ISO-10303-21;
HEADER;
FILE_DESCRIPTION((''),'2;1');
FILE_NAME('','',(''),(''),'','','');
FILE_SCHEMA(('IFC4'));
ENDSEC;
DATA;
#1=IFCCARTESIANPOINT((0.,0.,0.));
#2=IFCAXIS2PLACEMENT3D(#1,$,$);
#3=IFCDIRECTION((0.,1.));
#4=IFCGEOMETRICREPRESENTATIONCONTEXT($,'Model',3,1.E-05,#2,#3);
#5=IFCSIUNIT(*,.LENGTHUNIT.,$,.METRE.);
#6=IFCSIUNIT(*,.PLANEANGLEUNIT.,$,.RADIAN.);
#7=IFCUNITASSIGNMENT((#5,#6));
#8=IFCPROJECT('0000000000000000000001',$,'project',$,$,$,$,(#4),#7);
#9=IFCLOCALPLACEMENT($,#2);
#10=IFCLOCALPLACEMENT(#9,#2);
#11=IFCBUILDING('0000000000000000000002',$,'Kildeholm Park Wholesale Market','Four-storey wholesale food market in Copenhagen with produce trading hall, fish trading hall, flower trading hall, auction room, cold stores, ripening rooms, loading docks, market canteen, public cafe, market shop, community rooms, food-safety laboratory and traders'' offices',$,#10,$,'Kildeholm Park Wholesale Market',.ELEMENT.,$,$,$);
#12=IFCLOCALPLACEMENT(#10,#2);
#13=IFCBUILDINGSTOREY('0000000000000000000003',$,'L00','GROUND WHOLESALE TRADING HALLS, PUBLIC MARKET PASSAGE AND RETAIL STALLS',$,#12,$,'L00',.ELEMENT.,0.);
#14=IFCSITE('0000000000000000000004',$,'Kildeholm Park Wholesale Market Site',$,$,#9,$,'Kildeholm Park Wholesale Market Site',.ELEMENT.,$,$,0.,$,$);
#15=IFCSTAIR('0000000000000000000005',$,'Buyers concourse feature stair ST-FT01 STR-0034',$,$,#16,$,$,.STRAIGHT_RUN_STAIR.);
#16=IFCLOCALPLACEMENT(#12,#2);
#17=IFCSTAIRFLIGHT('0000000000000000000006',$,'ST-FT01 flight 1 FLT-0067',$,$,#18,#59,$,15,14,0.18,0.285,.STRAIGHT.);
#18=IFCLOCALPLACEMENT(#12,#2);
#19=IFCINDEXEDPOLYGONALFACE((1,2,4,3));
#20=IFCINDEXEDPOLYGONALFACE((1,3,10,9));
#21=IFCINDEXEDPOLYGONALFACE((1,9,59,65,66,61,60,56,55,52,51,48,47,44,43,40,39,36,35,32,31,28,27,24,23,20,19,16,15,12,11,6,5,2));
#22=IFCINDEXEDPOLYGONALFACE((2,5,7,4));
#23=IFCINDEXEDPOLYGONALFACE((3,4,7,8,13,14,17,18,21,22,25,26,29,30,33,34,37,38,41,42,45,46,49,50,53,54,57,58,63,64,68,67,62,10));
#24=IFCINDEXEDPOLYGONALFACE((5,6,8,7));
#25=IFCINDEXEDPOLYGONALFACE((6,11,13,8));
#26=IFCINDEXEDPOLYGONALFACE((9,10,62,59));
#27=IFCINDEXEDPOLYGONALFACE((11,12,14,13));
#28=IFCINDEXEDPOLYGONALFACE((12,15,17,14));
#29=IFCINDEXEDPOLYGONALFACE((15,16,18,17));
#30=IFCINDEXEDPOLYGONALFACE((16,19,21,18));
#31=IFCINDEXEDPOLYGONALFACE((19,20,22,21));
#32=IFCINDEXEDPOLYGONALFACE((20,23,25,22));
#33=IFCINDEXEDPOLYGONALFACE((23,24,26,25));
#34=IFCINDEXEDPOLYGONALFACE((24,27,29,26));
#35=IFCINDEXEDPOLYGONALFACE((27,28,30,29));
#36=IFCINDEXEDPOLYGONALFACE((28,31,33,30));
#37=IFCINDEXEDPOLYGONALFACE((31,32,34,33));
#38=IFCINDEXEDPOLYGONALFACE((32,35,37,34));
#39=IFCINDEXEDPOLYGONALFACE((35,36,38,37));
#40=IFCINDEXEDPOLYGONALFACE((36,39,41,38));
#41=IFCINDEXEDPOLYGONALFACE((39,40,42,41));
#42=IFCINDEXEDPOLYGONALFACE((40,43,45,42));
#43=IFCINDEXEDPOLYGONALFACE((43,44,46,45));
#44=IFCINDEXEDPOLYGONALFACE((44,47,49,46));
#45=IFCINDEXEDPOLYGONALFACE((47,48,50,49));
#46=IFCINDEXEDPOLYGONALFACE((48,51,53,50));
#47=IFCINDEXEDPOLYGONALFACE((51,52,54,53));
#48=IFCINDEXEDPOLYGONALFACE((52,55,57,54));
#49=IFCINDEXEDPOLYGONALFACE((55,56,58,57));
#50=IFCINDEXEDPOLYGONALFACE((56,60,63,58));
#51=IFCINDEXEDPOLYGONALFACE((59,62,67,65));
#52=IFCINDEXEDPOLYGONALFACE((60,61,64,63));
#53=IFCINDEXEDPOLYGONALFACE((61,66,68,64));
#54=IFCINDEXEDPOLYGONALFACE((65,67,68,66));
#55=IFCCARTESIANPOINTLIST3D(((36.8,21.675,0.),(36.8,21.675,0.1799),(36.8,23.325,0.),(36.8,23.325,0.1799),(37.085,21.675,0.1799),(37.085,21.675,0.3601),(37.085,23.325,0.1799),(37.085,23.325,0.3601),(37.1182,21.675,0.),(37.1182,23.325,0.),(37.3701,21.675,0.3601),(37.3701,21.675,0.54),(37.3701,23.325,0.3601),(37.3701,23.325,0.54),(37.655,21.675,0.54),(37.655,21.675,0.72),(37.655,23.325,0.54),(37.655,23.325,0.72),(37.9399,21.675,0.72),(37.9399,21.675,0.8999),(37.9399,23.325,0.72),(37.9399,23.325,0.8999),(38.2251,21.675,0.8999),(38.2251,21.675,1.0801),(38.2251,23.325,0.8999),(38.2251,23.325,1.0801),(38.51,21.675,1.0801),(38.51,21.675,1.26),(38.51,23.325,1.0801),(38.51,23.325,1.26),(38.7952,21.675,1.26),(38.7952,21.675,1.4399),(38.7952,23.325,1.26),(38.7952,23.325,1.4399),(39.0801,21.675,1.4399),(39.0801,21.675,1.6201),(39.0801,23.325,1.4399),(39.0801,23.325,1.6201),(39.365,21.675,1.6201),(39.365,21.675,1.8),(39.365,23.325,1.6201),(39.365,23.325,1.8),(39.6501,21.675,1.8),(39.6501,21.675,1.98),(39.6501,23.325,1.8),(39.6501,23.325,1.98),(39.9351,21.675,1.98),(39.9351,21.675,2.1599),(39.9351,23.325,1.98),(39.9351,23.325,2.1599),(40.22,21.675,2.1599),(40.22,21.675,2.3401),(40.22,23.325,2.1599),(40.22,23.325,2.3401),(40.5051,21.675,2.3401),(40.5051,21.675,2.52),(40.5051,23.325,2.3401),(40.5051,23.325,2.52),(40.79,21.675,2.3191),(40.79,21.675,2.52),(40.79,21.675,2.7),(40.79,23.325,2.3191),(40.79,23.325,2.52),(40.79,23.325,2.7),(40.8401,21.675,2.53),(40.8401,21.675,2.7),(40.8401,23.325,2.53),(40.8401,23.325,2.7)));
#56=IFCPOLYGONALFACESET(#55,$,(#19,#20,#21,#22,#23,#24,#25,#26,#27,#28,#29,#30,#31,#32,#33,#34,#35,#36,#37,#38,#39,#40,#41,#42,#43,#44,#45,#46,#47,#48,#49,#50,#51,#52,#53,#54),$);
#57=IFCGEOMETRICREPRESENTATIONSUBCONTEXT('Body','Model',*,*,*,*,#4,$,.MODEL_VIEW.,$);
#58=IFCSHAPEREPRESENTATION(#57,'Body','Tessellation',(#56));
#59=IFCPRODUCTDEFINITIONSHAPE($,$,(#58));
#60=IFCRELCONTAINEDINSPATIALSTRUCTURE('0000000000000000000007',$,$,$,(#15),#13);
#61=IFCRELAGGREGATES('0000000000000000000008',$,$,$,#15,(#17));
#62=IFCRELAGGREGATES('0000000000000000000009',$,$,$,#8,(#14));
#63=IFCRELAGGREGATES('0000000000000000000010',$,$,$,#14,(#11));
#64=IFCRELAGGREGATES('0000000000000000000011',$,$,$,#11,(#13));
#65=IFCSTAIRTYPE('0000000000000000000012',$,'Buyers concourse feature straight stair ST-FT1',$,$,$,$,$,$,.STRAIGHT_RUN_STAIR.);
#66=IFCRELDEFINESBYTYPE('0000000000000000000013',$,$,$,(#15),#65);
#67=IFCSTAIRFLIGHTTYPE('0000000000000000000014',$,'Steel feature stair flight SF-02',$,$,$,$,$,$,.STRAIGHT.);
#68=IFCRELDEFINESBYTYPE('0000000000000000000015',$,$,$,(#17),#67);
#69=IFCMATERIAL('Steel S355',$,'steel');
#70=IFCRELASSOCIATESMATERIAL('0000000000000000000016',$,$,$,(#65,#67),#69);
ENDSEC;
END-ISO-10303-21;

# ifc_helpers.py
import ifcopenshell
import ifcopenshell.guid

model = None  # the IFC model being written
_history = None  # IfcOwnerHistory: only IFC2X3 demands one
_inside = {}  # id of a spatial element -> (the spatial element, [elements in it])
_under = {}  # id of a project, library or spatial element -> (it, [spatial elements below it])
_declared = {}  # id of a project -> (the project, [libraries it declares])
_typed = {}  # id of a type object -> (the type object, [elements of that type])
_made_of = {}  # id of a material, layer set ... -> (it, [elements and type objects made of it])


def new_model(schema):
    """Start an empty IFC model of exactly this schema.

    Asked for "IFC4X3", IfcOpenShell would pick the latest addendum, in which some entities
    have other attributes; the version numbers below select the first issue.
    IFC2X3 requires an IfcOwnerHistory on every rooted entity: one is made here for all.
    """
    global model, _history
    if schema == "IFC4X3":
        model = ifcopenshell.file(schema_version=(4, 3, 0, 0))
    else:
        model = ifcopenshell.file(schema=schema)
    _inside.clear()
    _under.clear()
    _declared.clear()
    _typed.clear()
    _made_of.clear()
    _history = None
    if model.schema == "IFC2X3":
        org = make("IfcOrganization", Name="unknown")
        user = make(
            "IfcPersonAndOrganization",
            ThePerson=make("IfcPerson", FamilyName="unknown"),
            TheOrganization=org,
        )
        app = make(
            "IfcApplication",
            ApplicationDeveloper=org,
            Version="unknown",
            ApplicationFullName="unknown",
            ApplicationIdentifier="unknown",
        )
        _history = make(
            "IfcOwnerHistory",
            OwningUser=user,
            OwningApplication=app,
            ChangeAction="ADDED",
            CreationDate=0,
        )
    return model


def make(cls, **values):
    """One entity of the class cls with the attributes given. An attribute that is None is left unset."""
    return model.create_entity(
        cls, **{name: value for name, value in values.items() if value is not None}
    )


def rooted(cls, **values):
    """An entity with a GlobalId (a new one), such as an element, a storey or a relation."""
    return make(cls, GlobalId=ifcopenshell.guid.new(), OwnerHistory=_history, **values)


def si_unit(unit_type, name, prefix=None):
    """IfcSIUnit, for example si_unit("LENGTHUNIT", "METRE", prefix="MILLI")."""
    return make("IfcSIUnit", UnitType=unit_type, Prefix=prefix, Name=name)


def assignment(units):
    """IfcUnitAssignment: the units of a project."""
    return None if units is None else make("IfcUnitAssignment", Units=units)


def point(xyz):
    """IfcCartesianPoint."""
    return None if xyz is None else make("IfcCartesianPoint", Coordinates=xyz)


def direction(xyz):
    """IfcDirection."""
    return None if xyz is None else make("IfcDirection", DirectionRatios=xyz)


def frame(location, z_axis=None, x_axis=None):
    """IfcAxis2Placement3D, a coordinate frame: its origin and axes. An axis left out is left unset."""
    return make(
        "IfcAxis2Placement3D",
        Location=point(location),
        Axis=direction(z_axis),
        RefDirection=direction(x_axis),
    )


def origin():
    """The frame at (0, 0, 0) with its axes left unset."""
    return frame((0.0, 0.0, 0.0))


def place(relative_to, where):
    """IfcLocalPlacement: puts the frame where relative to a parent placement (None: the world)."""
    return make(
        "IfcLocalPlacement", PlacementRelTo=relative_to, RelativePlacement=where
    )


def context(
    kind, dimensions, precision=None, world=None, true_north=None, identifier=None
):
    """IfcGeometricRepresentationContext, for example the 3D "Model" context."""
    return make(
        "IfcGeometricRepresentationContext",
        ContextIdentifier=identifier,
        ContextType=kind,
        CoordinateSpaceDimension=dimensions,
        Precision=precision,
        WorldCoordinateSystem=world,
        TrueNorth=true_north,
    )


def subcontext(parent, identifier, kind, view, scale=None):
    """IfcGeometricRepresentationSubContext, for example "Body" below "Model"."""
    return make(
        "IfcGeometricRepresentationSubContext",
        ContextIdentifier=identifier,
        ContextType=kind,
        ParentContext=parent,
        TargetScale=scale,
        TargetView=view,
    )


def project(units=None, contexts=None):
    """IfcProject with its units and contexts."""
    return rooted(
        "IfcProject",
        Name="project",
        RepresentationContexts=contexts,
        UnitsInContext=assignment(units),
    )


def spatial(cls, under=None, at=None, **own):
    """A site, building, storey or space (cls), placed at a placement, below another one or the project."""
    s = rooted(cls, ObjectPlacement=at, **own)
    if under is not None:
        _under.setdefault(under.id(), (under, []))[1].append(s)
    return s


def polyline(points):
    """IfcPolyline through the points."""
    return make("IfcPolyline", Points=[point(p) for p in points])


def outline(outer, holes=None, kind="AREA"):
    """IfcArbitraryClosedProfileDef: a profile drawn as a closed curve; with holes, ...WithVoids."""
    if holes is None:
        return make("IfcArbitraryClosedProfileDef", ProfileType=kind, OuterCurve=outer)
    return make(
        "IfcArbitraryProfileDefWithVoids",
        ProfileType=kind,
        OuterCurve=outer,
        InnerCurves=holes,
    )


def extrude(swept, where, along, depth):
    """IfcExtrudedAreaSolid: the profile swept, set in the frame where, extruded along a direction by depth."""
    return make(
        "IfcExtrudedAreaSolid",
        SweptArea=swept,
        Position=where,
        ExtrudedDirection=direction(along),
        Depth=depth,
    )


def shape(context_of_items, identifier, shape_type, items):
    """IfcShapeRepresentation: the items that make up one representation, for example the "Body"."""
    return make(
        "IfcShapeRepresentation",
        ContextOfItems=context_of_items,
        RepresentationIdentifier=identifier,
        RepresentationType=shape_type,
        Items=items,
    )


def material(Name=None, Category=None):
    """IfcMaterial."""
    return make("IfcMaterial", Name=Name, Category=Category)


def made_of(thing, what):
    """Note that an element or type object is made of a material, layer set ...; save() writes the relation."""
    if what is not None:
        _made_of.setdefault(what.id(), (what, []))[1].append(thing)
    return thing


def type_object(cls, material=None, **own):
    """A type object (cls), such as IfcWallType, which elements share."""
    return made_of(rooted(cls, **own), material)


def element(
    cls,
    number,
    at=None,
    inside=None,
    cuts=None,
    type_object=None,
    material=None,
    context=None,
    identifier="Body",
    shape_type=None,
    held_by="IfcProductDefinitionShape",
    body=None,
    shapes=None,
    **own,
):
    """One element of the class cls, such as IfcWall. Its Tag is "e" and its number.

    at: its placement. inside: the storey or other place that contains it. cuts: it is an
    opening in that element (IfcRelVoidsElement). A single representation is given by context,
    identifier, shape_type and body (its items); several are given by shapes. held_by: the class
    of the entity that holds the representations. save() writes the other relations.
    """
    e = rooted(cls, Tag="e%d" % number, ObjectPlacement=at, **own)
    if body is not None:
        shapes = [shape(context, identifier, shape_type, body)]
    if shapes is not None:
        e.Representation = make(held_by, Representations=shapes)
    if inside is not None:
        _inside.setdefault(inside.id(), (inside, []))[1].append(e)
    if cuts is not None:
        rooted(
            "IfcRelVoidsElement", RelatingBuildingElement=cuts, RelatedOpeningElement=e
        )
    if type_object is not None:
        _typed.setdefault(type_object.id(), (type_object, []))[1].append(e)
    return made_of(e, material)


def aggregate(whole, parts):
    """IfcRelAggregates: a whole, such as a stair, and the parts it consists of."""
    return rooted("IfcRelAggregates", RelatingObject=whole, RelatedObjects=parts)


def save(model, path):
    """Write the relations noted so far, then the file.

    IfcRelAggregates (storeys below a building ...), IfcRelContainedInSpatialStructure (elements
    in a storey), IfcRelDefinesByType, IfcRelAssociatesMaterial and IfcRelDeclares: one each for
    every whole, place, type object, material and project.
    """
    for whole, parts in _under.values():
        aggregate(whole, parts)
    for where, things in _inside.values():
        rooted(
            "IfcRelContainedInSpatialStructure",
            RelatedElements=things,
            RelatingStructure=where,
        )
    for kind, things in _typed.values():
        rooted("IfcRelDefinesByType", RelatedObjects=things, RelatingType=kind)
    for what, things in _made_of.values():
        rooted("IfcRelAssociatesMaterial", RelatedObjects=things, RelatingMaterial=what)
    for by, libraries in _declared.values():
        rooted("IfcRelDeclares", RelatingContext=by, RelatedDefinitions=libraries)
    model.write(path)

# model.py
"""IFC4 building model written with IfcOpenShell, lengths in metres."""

from ifc_helpers import new_model, si_unit, direction, frame, origin, place, context, subcontext, project, spatial, polyline, outline, extrude, material, type_object, element, aggregate, save


model = new_model("IFC4")

# Units and contexts
model_context = context("Model", 3, precision=1e-05, world=origin(), true_north=direction((0.0, 1.0)))
body_context = subcontext(model_context, "Body", "Model", "MODEL_VIEW")
ifc_project = project(units=[si_unit("LENGTHUNIT", "METRE"), si_unit("PLANEANGLEUNIT", "RADIAN")], contexts=[model_context])

# Site, building, storey
site_placement = place(None, origin())
site = spatial("IfcSite", under=ifc_project, at=site_placement, Name="Kildeholm Park Wholesale Market Site", LongName="Kildeholm Park Wholesale Market Site", CompositionType="ELEMENT", RefElevation=0.0)
building_placement = place(site_placement, origin())
building = spatial("IfcBuilding", under=site, at=building_placement, Name="Kildeholm Park Wholesale Market", Description="Four-storey wholesale food market in Copenhagen with produce trading hall, fish trading hall, flower trading hall, auction room, cold stores, ripening rooms, loading docks, market canteen, public cafe, market shop, community rooms, food-safety laboratory and traders' offices", LongName="Kildeholm Park Wholesale Market", CompositionType="ELEMENT")
storey_placement = place(building_placement, origin())
storey = spatial("IfcBuildingStorey", under=building, at=storey_placement, Name="L00", Description="GROUND WHOLESALE TRADING HALLS, PUBLIC MARKET PASSAGE AND RETAIL STALLS", LongName="L00", CompositionType="ELEMENT", Elevation=0.0)

# Shared definitions
ifc_material_1 = material(Name="Steel S355", Category="steel")

# Stair, stair flight
stair_type = type_object("IfcStairType", Name="Buyers concourse feature straight stair ST-FT1", PredefinedType="STRAIGHT_RUN_STAIR", material=ifc_material_1)
stair_placement = place(storey_placement, origin())
stair = element("IfcStair", 1, at=stair_placement, inside=storey, type_object=stair_type, Name="Buyers concourse feature stair ST-FT01 STR-0034", PredefinedType="STRAIGHT_RUN_STAIR")
stair_flight_type = type_object("IfcStairFlightType", Name="Steel feature stair flight SF-02", PredefinedType="STRAIGHT", material=ifc_material_1)
stair_flight_placement = place(storey_placement, frame((36.8, 22.5, 0.0), z_axis=(0.0, 0.0, 1.0), x_axis=(1.0, 0.0, 0.0)))
stair_flight = element("IfcStairFlight", 2, at=stair_flight_placement, type_object=stair_flight_type, Name="ST-FT01 flight 1 FLT-0067", NumberOfRisers=15, NumberOfTreads=14, PredefinedType="STRAIGHT", RiserHeight=0.18, TreadLength=0.285, context=body_context, shape_type="SweptSolid", body=[
    extrude(outline(polyline([(0.0, 0.0), (0.0, 0.1799), (0.2849, 0.1799), (0.2849, 0.3601), (0.5701, 0.3601), (0.5701, 0.54), (0.855, 0.54), (0.855, 0.72), (1.1399, 0.72), (1.1399, 0.8999), (1.425, 0.8999), (1.425, 1.0801), (1.71, 1.0801), (1.71, 1.26), (1.9951, 1.26), (1.9951, 1.4399), (2.28, 1.4399), (2.28, 1.6201), (2.5649, 1.6201), (2.5649, 1.8), (2.8501, 1.8), (2.8501, 1.98), (3.135, 1.98), (3.135, 2.1599), (3.4199, 2.1599), (3.4199, 2.3401), (3.7051, 2.3401), (3.7051, 2.52), (3.99, 2.52), (3.99, 2.7), (4.04, 2.7), (4.04, 2.53), (3.99, 2.3191), (0.3181, 0.0), (0.0, 0.0)])), frame((0.0, 0.825, 0.0), z_axis=(0.0, -1.0, 0.0), x_axis=(1.0, 0.0, 0.0)), (0.0, 0.0, 1.0), 1.6499),
])
aggregate(stair, [stair_flight])

save(model, "model.ifc")
